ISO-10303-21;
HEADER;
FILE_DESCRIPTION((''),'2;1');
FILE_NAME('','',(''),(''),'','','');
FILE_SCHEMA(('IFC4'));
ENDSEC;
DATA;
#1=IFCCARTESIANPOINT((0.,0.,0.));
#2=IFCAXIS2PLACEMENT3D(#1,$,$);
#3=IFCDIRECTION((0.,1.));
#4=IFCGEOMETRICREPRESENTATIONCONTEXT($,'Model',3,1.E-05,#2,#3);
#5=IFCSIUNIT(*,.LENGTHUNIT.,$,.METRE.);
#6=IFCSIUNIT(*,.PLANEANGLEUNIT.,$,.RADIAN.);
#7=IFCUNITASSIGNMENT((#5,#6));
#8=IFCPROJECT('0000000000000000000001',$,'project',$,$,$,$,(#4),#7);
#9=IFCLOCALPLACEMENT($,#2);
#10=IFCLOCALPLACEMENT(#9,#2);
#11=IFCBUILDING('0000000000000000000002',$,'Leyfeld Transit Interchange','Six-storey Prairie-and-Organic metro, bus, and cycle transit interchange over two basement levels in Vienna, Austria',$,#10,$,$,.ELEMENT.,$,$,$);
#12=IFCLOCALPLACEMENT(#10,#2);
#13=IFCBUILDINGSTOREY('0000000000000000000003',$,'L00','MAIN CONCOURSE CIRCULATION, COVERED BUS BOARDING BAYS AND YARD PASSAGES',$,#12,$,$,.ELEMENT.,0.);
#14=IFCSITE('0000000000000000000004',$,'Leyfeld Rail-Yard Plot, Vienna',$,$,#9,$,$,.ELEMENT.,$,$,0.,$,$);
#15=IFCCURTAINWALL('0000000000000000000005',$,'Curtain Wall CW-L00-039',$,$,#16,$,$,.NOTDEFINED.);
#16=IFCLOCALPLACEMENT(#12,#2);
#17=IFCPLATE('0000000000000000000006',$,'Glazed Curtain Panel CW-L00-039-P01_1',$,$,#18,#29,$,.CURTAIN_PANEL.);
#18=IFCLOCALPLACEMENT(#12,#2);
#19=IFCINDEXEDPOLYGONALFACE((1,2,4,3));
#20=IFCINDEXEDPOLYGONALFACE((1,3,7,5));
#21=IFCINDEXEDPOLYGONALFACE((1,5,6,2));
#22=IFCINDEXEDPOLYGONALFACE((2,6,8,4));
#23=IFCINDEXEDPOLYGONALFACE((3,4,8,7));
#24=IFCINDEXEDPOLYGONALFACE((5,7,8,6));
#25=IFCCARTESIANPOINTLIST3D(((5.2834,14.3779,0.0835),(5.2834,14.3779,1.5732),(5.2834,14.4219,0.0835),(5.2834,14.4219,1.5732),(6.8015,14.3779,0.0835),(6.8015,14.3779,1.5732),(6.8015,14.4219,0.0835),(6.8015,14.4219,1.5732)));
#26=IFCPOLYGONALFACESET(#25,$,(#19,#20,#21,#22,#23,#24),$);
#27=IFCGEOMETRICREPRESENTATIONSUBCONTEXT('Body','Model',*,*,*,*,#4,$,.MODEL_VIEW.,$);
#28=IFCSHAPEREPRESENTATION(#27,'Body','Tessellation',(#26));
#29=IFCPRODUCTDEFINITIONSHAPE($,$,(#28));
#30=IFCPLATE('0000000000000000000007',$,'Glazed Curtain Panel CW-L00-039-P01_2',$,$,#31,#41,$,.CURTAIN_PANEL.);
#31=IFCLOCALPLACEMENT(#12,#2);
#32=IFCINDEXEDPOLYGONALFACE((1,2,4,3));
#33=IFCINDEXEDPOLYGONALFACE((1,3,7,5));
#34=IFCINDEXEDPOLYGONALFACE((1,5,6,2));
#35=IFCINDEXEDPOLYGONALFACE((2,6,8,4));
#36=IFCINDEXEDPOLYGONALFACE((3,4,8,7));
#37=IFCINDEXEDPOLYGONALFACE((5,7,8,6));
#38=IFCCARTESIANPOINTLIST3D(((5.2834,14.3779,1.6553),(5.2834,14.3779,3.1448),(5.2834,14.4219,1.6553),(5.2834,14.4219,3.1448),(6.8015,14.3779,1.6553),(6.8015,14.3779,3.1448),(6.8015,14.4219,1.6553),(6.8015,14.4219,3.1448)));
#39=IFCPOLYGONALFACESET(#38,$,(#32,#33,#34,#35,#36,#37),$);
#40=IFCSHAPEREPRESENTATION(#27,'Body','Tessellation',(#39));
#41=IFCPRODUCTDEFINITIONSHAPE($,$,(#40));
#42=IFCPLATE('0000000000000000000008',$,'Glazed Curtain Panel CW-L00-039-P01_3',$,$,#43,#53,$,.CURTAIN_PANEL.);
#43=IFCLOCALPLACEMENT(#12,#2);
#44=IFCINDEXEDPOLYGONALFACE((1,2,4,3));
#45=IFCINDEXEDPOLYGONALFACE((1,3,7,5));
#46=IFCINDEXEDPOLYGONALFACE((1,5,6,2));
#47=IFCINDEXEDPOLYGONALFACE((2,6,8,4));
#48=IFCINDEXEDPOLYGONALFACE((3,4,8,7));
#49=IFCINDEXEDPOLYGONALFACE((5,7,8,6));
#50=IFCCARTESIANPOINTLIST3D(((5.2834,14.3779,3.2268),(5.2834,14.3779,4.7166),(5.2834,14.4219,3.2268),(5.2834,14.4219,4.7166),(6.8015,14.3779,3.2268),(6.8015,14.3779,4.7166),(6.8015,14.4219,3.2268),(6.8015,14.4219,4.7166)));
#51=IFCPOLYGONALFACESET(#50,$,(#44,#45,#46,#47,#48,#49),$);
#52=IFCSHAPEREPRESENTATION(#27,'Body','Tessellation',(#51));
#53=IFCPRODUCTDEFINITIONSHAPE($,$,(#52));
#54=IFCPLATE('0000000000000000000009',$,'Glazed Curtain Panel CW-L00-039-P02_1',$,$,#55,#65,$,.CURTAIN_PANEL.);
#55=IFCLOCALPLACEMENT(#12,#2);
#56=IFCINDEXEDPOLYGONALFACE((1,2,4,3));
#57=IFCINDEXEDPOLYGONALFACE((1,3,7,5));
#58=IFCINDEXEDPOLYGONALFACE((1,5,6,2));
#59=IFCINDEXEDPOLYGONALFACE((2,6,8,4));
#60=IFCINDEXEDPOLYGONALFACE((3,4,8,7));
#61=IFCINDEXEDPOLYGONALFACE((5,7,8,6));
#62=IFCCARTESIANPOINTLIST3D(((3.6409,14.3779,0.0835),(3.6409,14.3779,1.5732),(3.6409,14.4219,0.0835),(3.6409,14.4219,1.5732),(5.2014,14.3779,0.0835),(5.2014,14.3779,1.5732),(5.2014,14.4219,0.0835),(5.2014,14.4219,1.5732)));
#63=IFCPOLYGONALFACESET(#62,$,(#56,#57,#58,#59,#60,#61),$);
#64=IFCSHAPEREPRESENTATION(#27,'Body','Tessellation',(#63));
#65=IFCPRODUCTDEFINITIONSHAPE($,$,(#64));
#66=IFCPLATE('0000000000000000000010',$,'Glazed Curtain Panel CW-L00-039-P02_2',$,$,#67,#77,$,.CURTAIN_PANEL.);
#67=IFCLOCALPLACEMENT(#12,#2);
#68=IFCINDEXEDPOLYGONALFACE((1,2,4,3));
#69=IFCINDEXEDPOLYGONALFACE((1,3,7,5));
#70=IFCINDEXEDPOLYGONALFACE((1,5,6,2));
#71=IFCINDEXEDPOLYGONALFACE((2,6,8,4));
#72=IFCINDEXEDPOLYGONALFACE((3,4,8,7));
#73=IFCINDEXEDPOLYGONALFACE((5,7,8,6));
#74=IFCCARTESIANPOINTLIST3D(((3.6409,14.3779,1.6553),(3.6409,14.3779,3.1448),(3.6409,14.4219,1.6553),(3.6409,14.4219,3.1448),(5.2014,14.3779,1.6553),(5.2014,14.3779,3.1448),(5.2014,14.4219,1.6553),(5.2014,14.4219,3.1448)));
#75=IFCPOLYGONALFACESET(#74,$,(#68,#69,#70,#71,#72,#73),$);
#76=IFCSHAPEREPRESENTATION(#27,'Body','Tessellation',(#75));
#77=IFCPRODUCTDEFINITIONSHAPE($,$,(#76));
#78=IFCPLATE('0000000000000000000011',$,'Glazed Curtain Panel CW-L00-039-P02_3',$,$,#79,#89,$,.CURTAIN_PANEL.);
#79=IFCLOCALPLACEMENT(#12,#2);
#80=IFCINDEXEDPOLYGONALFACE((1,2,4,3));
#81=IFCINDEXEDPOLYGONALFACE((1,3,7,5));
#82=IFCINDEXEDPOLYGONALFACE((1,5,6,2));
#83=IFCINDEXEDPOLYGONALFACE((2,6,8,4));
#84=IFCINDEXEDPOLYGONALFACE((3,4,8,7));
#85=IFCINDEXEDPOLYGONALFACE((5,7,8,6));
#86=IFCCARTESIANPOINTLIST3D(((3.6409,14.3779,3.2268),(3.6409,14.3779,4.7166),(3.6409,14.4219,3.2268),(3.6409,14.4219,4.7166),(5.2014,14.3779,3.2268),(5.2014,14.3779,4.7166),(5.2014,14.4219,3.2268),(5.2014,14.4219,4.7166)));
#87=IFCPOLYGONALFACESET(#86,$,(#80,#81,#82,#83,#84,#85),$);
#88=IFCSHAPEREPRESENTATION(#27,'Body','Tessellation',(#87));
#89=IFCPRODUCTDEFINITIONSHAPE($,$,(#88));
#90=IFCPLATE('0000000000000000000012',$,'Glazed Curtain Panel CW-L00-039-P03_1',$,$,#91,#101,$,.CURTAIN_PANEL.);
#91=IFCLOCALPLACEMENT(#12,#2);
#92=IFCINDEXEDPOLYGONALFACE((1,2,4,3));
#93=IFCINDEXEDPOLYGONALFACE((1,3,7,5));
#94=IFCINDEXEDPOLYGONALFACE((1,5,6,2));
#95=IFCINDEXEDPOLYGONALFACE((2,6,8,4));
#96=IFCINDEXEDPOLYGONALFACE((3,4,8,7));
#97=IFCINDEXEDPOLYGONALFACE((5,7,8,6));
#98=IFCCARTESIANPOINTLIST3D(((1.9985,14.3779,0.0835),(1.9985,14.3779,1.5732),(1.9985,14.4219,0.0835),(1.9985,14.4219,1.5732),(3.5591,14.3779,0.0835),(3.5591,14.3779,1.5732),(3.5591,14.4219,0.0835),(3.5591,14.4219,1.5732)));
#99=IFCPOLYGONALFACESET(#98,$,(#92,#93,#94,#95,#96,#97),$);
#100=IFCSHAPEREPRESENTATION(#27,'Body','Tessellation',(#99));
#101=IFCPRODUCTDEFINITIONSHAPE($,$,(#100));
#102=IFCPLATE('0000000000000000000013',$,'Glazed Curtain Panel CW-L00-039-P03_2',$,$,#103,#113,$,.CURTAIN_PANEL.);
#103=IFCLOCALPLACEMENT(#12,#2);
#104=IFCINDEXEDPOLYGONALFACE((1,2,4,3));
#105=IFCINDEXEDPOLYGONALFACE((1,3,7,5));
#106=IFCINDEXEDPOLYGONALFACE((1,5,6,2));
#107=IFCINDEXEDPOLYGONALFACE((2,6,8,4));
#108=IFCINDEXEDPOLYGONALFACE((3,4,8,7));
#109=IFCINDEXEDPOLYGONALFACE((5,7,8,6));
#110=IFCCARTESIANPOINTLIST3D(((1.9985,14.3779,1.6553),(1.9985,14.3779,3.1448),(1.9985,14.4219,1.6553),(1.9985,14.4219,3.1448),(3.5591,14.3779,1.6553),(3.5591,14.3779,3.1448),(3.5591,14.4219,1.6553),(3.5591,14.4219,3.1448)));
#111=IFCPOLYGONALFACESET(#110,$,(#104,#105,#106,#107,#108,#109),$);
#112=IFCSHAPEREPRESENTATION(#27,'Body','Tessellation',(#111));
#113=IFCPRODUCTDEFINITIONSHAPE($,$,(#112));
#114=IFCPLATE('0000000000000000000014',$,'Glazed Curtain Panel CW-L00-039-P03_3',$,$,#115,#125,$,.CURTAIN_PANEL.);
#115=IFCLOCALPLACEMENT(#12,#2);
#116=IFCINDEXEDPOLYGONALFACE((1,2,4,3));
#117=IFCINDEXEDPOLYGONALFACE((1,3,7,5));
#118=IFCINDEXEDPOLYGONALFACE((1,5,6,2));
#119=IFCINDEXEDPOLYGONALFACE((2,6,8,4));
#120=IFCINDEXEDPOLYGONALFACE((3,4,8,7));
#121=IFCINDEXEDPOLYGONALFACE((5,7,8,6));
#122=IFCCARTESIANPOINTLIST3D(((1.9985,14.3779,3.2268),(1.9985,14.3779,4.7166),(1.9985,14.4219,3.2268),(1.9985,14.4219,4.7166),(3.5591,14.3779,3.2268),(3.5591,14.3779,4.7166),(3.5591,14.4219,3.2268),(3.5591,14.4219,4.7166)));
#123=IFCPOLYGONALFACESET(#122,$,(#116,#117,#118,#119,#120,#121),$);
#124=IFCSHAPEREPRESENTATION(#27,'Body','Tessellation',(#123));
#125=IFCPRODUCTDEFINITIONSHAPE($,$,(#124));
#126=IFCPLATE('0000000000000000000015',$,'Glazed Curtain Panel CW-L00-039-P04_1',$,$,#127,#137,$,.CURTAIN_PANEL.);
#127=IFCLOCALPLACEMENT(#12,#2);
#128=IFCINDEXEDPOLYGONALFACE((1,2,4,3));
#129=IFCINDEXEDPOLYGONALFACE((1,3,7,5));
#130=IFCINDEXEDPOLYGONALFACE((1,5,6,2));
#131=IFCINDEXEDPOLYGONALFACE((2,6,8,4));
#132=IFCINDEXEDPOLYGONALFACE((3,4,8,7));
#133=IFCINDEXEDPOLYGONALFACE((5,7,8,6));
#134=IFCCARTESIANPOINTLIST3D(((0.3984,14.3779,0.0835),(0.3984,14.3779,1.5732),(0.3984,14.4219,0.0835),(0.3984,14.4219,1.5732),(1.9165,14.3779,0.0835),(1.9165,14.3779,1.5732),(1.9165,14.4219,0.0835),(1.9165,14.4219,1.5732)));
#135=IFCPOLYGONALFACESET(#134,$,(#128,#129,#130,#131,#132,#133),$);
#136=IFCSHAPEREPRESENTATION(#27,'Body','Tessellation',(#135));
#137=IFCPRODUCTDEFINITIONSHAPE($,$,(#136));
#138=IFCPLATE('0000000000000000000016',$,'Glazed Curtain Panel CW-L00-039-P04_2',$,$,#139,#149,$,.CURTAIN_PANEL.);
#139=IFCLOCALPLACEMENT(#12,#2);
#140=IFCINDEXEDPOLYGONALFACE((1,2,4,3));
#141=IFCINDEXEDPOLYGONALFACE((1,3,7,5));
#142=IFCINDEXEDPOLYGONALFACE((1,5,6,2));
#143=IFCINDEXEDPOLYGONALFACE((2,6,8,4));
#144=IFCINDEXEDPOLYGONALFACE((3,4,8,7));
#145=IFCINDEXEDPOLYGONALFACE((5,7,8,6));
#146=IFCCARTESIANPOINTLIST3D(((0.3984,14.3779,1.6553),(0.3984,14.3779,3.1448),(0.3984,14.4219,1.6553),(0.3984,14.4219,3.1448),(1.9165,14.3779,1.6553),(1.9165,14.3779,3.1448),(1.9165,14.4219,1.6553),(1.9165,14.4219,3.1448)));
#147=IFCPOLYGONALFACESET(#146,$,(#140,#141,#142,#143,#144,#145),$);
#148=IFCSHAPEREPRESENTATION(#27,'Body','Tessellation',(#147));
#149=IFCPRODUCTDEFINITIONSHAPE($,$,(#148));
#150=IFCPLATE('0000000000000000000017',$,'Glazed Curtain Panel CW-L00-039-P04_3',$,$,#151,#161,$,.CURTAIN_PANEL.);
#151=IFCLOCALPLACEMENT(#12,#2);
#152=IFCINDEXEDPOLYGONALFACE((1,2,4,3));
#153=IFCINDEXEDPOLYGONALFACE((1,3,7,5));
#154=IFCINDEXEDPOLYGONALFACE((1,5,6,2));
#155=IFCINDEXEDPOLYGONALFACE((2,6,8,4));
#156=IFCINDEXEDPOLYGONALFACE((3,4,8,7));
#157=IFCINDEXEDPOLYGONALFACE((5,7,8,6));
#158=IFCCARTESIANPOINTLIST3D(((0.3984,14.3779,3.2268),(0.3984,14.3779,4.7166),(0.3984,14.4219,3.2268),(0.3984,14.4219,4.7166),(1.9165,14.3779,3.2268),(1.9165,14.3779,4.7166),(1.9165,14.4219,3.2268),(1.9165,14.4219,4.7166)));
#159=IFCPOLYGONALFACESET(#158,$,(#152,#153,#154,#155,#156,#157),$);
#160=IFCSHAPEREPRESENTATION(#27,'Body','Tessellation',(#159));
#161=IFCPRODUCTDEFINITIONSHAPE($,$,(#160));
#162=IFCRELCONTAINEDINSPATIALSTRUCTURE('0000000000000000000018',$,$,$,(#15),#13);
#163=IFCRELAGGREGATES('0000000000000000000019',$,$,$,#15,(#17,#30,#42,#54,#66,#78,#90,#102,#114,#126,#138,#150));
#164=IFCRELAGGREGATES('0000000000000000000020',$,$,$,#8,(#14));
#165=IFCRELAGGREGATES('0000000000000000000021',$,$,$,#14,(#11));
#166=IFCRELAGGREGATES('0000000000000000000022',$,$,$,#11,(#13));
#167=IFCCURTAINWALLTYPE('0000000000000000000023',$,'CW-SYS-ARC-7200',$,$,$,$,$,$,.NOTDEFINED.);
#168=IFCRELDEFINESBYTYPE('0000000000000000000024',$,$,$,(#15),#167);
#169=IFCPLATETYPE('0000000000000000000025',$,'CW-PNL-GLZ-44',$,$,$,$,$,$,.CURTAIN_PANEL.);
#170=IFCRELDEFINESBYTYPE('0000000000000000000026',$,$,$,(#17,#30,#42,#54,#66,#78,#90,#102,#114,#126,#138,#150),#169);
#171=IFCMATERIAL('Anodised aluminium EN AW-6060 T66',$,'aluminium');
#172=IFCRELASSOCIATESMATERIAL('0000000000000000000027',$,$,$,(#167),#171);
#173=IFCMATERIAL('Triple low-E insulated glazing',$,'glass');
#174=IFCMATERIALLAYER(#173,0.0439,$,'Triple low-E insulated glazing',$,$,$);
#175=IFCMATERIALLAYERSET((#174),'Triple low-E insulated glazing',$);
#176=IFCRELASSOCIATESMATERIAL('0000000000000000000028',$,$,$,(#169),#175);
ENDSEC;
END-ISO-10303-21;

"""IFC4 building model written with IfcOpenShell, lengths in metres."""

from ifc_helpers import new_model, si_unit, direction, frame, origin, origin_2d, place, context, subcontext, project, spatial, rectangle, extrude, material, layer, layer_set, type_object, element, aggregate, save


model = new_model("IFC4")

# Units and contexts
model_context = context("Model", 3, precision=1e-05, world=origin(), true_north=direction((0.0, 1.0)))
body_context = subcontext(model_context, "Body", "Model", "MODEL_VIEW")
ifc_project = project(units=[si_unit("LENGTHUNIT", "METRE"), si_unit("PLANEANGLEUNIT", "RADIAN")], contexts=[model_context])

# Site, building, storey
site_placement = place(None, origin())
site = spatial("IfcSite", under=ifc_project, at=site_placement, Name="Leyfeld Rail-Yard Plot, Vienna", CompositionType="ELEMENT", RefElevation=0.0)
building_placement = place(site_placement, origin())
building = spatial("IfcBuilding", under=site, at=building_placement, Name="Leyfeld Transit Interchange", Description="Six-storey Prairie-and-Organic metro, bus, and cycle transit interchange over two basement levels in Vienna, Austria", CompositionType="ELEMENT")
storey_placement = place(building_placement, origin())
storey = spatial("IfcBuildingStorey", under=building, at=storey_placement, Name="L00", Description="MAIN CONCOURSE CIRCULATION, COVERED BUS BOARDING BAYS AND YARD PASSAGES", CompositionType="ELEMENT", Elevation=0.0)

# Curtain wall, plates
ifc_material_1 = material(Name="Anodised aluminium EN AW-6060 T66", Category="aluminium")
curtain_wall_type = type_object("IfcCurtainWallType", Name="CW-SYS-ARC-7200", PredefinedType="NOTDEFINED", material=ifc_material_1)
curtain_wall_placement = place(storey_placement, origin())
curtain_wall = element("IfcCurtainWall", 1, at=curtain_wall_placement, inside=storey, type_object=curtain_wall_type, Name="Curtain Wall CW-L00-039", PredefinedType="NOTDEFINED")
ifc_material_2 = material(Name="Triple low-E insulated glazing", Category="glass")
ifc_layer = layer(ifc_material_2, 0.0439, Name="Triple low-E insulated glazing")
ifc_layer_set = layer_set([ifc_layer], Name="Triple low-E insulated glazing")
plate_type = type_object("IfcPlateType", Name="CW-PNL-GLZ-44", PredefinedType="CURTAIN_PANEL", material=ifc_layer_set)
plate_1_placement = place(storey_placement, frame((6.0425, 14.3999, 0.0835), z_axis=(0.0, 0.0, 1.0), x_axis=(-1.0, 0.0, 0.0)))
plate_1 = element("IfcPlate", 2, at=plate_1_placement, type_object=plate_type, Name="Glazed Curtain Panel CW-L00-039-P01_1", PredefinedType="CURTAIN_PANEL", context=body_context, shape_type="SweptSolid", body=[
    extrude(rectangle(XDim=1.5181, YDim=0.0439, at=origin_2d()), origin(), (0.0, 0.0, 1.0), 1.4897),
])
plate_2_placement = place(storey_placement, frame((6.0425, 14.3999, 1.6553), z_axis=(0.0, 0.0, 1.0), x_axis=(-1.0, 0.0, 0.0)))
plate_2 = element("IfcPlate", 3, at=plate_2_placement, type_object=plate_type, Name="Glazed Curtain Panel CW-L00-039-P01_2", PredefinedType="CURTAIN_PANEL", context=body_context, shape_type="SweptSolid", body=[
    extrude(rectangle(XDim=1.5181, YDim=0.0439, at=origin_2d()), origin(), (0.0, 0.0, 1.0), 1.4895),
])
plate_3_placement = place(storey_placement, frame((6.0425, 14.3999, 3.2268), z_axis=(0.0, 0.0, 1.0), x_axis=(-1.0, 0.0, 0.0)))
plate_3 = element("IfcPlate", 4, at=plate_3_placement, type_object=plate_type, Name="Glazed Curtain Panel CW-L00-039-P01_3", PredefinedType="CURTAIN_PANEL", context=body_context, shape_type="SweptSolid", body=[
    extrude(rectangle(XDim=1.5181, YDim=0.0439, at=origin_2d()), origin(), (0.0, 0.0, 1.0), 1.4897),
])
plate_4_placement = place(storey_placement, frame((4.4211, 14.3999, 0.0835), z_axis=(0.0, 0.0, 1.0), x_axis=(-1.0, 0.0, 0.0)))
plate_4 = element("IfcPlate", 5, at=plate_4_placement, type_object=plate_type, Name="Glazed Curtain Panel CW-L00-039-P02_1", PredefinedType="CURTAIN_PANEL", context=body_context, shape_type="SweptSolid", body=[
    extrude(rectangle(XDim=1.5605, YDim=0.0439, at=origin_2d()), origin(), (0.0, 0.0, 1.0), 1.4897),
])
plate_5_placement = place(storey_placement, frame((4.4211, 14.3999, 1.6553), z_axis=(0.0, 0.0, 1.0), x_axis=(-1.0, 0.0, 0.0)))
plate_5 = element("IfcPlate", 6, at=plate_5_placement, type_object=plate_type, Name="Glazed Curtain Panel CW-L00-039-P02_2", PredefinedType="CURTAIN_PANEL", context=body_context, shape_type="SweptSolid", body=[
    extrude(rectangle(XDim=1.5605, YDim=0.0439, at=origin_2d()), origin(), (0.0, 0.0, 1.0), 1.4895),
])
plate_6_placement = place(storey_placement, frame((4.4211, 14.3999, 3.2268), z_axis=(0.0, 0.0, 1.0), x_axis=(-1.0, 0.0, 0.0)))
plate_6 = element("IfcPlate", 7, at=plate_6_placement, type_object=plate_type, Name="Glazed Curtain Panel CW-L00-039-P02_3", PredefinedType="CURTAIN_PANEL", context=body_context, shape_type="SweptSolid", body=[
    extrude(rectangle(XDim=1.5605, YDim=0.0439, at=origin_2d()), origin(), (0.0, 0.0, 1.0), 1.4897),
])
plate_7_placement = place(storey_placement, frame((2.7788, 14.3999, 0.0835), z_axis=(0.0, 0.0, 1.0), x_axis=(-1.0, 0.0, 0.0)))
plate_7 = element("IfcPlate", 8, at=plate_7_placement, type_object=plate_type, Name="Glazed Curtain Panel CW-L00-039-P03_1", PredefinedType="CURTAIN_PANEL", context=body_context, shape_type="SweptSolid", body=[
    extrude(rectangle(XDim=1.5605, YDim=0.0439, at=origin_2d()), origin(), (0.0, 0.0, 1.0), 1.4897),
])
plate_8_placement = place(storey_placement, frame((2.7788, 14.3999, 1.6553), z_axis=(0.0, 0.0, 1.0), x_axis=(-1.0, 0.0, 0.0)))
plate_8 = element("IfcPlate", 9, at=plate_8_placement, type_object=plate_type, Name="Glazed Curtain Panel CW-L00-039-P03_2", PredefinedType="CURTAIN_PANEL", context=body_context, shape_type="SweptSolid", body=[
    extrude(rectangle(XDim=1.5605, YDim=0.0439, at=origin_2d()), origin(), (0.0, 0.0, 1.0), 1.4895),
])
plate_9_placement = place(storey_placement, frame((2.7788, 14.3999, 3.2268), z_axis=(0.0, 0.0, 1.0), x_axis=(-1.0, 0.0, 0.0)))
plate_9 = element("IfcPlate", 10, at=plate_9_placement, type_object=plate_type, Name="Glazed Curtain Panel CW-L00-039-P03_3", PredefinedType="CURTAIN_PANEL", context=body_context, shape_type="SweptSolid", body=[
    extrude(rectangle(XDim=1.5605, YDim=0.0439, at=origin_2d()), origin(), (0.0, 0.0, 1.0), 1.4897),
])
plate_10_placement = place(storey_placement, frame((1.1575, 14.3999, 0.0835), z_axis=(0.0, 0.0, 1.0), x_axis=(-1.0, 0.0, 0.0)))
plate_10 = element("IfcPlate", 11, at=plate_10_placement, type_object=plate_type, Name="Glazed Curtain Panel CW-L00-039-P04_1", PredefinedType="CURTAIN_PANEL", context=body_context, shape_type="SweptSolid", body=[
    extrude(rectangle(XDim=1.5181, YDim=0.0439, at=origin_2d()), origin(), (0.0, 0.0, 1.0), 1.4897),
])
plate_11_placement = place(storey_placement, frame((1.1575, 14.3999, 1.6553), z_axis=(0.0, 0.0, 1.0), x_axis=(-1.0, 0.0, 0.0)))
plate_11 = element("IfcPlate", 12, at=plate_11_placement, type_object=plate_type, Name="Glazed Curtain Panel CW-L00-039-P04_2", PredefinedType="CURTAIN_PANEL", context=body_context, shape_type="SweptSolid", body=[
    extrude(rectangle(XDim=1.5181, YDim=0.0439, at=origin_2d()), origin(), (0.0, 0.0, 1.0), 1.4895),
])
plate_12_placement = place(storey_placement, frame((1.1575, 14.3999, 3.2268), z_axis=(0.0, 0.0, 1.0), x_axis=(-1.0, 0.0, 0.0)))
plate_12 = element("IfcPlate", 13, at=plate_12_placement, type_object=plate_type, Name="Glazed Curtain Panel CW-L00-039-P04_3", PredefinedType="CURTAIN_PANEL", context=body_context, shape_type="SweptSolid", body=[
    extrude(rectangle(XDim=1.5181, YDim=0.0439, at=origin_2d()), origin(), (0.0, 0.0, 1.0), 1.4897),
])
aggregate(curtain_wall, [plate_1, plate_2, plate_3, plate_4, plate_5, plate_6, plate_7, plate_8, plate_9, plate_10, plate_11, plate_12])

save(model, "model.ifc")
